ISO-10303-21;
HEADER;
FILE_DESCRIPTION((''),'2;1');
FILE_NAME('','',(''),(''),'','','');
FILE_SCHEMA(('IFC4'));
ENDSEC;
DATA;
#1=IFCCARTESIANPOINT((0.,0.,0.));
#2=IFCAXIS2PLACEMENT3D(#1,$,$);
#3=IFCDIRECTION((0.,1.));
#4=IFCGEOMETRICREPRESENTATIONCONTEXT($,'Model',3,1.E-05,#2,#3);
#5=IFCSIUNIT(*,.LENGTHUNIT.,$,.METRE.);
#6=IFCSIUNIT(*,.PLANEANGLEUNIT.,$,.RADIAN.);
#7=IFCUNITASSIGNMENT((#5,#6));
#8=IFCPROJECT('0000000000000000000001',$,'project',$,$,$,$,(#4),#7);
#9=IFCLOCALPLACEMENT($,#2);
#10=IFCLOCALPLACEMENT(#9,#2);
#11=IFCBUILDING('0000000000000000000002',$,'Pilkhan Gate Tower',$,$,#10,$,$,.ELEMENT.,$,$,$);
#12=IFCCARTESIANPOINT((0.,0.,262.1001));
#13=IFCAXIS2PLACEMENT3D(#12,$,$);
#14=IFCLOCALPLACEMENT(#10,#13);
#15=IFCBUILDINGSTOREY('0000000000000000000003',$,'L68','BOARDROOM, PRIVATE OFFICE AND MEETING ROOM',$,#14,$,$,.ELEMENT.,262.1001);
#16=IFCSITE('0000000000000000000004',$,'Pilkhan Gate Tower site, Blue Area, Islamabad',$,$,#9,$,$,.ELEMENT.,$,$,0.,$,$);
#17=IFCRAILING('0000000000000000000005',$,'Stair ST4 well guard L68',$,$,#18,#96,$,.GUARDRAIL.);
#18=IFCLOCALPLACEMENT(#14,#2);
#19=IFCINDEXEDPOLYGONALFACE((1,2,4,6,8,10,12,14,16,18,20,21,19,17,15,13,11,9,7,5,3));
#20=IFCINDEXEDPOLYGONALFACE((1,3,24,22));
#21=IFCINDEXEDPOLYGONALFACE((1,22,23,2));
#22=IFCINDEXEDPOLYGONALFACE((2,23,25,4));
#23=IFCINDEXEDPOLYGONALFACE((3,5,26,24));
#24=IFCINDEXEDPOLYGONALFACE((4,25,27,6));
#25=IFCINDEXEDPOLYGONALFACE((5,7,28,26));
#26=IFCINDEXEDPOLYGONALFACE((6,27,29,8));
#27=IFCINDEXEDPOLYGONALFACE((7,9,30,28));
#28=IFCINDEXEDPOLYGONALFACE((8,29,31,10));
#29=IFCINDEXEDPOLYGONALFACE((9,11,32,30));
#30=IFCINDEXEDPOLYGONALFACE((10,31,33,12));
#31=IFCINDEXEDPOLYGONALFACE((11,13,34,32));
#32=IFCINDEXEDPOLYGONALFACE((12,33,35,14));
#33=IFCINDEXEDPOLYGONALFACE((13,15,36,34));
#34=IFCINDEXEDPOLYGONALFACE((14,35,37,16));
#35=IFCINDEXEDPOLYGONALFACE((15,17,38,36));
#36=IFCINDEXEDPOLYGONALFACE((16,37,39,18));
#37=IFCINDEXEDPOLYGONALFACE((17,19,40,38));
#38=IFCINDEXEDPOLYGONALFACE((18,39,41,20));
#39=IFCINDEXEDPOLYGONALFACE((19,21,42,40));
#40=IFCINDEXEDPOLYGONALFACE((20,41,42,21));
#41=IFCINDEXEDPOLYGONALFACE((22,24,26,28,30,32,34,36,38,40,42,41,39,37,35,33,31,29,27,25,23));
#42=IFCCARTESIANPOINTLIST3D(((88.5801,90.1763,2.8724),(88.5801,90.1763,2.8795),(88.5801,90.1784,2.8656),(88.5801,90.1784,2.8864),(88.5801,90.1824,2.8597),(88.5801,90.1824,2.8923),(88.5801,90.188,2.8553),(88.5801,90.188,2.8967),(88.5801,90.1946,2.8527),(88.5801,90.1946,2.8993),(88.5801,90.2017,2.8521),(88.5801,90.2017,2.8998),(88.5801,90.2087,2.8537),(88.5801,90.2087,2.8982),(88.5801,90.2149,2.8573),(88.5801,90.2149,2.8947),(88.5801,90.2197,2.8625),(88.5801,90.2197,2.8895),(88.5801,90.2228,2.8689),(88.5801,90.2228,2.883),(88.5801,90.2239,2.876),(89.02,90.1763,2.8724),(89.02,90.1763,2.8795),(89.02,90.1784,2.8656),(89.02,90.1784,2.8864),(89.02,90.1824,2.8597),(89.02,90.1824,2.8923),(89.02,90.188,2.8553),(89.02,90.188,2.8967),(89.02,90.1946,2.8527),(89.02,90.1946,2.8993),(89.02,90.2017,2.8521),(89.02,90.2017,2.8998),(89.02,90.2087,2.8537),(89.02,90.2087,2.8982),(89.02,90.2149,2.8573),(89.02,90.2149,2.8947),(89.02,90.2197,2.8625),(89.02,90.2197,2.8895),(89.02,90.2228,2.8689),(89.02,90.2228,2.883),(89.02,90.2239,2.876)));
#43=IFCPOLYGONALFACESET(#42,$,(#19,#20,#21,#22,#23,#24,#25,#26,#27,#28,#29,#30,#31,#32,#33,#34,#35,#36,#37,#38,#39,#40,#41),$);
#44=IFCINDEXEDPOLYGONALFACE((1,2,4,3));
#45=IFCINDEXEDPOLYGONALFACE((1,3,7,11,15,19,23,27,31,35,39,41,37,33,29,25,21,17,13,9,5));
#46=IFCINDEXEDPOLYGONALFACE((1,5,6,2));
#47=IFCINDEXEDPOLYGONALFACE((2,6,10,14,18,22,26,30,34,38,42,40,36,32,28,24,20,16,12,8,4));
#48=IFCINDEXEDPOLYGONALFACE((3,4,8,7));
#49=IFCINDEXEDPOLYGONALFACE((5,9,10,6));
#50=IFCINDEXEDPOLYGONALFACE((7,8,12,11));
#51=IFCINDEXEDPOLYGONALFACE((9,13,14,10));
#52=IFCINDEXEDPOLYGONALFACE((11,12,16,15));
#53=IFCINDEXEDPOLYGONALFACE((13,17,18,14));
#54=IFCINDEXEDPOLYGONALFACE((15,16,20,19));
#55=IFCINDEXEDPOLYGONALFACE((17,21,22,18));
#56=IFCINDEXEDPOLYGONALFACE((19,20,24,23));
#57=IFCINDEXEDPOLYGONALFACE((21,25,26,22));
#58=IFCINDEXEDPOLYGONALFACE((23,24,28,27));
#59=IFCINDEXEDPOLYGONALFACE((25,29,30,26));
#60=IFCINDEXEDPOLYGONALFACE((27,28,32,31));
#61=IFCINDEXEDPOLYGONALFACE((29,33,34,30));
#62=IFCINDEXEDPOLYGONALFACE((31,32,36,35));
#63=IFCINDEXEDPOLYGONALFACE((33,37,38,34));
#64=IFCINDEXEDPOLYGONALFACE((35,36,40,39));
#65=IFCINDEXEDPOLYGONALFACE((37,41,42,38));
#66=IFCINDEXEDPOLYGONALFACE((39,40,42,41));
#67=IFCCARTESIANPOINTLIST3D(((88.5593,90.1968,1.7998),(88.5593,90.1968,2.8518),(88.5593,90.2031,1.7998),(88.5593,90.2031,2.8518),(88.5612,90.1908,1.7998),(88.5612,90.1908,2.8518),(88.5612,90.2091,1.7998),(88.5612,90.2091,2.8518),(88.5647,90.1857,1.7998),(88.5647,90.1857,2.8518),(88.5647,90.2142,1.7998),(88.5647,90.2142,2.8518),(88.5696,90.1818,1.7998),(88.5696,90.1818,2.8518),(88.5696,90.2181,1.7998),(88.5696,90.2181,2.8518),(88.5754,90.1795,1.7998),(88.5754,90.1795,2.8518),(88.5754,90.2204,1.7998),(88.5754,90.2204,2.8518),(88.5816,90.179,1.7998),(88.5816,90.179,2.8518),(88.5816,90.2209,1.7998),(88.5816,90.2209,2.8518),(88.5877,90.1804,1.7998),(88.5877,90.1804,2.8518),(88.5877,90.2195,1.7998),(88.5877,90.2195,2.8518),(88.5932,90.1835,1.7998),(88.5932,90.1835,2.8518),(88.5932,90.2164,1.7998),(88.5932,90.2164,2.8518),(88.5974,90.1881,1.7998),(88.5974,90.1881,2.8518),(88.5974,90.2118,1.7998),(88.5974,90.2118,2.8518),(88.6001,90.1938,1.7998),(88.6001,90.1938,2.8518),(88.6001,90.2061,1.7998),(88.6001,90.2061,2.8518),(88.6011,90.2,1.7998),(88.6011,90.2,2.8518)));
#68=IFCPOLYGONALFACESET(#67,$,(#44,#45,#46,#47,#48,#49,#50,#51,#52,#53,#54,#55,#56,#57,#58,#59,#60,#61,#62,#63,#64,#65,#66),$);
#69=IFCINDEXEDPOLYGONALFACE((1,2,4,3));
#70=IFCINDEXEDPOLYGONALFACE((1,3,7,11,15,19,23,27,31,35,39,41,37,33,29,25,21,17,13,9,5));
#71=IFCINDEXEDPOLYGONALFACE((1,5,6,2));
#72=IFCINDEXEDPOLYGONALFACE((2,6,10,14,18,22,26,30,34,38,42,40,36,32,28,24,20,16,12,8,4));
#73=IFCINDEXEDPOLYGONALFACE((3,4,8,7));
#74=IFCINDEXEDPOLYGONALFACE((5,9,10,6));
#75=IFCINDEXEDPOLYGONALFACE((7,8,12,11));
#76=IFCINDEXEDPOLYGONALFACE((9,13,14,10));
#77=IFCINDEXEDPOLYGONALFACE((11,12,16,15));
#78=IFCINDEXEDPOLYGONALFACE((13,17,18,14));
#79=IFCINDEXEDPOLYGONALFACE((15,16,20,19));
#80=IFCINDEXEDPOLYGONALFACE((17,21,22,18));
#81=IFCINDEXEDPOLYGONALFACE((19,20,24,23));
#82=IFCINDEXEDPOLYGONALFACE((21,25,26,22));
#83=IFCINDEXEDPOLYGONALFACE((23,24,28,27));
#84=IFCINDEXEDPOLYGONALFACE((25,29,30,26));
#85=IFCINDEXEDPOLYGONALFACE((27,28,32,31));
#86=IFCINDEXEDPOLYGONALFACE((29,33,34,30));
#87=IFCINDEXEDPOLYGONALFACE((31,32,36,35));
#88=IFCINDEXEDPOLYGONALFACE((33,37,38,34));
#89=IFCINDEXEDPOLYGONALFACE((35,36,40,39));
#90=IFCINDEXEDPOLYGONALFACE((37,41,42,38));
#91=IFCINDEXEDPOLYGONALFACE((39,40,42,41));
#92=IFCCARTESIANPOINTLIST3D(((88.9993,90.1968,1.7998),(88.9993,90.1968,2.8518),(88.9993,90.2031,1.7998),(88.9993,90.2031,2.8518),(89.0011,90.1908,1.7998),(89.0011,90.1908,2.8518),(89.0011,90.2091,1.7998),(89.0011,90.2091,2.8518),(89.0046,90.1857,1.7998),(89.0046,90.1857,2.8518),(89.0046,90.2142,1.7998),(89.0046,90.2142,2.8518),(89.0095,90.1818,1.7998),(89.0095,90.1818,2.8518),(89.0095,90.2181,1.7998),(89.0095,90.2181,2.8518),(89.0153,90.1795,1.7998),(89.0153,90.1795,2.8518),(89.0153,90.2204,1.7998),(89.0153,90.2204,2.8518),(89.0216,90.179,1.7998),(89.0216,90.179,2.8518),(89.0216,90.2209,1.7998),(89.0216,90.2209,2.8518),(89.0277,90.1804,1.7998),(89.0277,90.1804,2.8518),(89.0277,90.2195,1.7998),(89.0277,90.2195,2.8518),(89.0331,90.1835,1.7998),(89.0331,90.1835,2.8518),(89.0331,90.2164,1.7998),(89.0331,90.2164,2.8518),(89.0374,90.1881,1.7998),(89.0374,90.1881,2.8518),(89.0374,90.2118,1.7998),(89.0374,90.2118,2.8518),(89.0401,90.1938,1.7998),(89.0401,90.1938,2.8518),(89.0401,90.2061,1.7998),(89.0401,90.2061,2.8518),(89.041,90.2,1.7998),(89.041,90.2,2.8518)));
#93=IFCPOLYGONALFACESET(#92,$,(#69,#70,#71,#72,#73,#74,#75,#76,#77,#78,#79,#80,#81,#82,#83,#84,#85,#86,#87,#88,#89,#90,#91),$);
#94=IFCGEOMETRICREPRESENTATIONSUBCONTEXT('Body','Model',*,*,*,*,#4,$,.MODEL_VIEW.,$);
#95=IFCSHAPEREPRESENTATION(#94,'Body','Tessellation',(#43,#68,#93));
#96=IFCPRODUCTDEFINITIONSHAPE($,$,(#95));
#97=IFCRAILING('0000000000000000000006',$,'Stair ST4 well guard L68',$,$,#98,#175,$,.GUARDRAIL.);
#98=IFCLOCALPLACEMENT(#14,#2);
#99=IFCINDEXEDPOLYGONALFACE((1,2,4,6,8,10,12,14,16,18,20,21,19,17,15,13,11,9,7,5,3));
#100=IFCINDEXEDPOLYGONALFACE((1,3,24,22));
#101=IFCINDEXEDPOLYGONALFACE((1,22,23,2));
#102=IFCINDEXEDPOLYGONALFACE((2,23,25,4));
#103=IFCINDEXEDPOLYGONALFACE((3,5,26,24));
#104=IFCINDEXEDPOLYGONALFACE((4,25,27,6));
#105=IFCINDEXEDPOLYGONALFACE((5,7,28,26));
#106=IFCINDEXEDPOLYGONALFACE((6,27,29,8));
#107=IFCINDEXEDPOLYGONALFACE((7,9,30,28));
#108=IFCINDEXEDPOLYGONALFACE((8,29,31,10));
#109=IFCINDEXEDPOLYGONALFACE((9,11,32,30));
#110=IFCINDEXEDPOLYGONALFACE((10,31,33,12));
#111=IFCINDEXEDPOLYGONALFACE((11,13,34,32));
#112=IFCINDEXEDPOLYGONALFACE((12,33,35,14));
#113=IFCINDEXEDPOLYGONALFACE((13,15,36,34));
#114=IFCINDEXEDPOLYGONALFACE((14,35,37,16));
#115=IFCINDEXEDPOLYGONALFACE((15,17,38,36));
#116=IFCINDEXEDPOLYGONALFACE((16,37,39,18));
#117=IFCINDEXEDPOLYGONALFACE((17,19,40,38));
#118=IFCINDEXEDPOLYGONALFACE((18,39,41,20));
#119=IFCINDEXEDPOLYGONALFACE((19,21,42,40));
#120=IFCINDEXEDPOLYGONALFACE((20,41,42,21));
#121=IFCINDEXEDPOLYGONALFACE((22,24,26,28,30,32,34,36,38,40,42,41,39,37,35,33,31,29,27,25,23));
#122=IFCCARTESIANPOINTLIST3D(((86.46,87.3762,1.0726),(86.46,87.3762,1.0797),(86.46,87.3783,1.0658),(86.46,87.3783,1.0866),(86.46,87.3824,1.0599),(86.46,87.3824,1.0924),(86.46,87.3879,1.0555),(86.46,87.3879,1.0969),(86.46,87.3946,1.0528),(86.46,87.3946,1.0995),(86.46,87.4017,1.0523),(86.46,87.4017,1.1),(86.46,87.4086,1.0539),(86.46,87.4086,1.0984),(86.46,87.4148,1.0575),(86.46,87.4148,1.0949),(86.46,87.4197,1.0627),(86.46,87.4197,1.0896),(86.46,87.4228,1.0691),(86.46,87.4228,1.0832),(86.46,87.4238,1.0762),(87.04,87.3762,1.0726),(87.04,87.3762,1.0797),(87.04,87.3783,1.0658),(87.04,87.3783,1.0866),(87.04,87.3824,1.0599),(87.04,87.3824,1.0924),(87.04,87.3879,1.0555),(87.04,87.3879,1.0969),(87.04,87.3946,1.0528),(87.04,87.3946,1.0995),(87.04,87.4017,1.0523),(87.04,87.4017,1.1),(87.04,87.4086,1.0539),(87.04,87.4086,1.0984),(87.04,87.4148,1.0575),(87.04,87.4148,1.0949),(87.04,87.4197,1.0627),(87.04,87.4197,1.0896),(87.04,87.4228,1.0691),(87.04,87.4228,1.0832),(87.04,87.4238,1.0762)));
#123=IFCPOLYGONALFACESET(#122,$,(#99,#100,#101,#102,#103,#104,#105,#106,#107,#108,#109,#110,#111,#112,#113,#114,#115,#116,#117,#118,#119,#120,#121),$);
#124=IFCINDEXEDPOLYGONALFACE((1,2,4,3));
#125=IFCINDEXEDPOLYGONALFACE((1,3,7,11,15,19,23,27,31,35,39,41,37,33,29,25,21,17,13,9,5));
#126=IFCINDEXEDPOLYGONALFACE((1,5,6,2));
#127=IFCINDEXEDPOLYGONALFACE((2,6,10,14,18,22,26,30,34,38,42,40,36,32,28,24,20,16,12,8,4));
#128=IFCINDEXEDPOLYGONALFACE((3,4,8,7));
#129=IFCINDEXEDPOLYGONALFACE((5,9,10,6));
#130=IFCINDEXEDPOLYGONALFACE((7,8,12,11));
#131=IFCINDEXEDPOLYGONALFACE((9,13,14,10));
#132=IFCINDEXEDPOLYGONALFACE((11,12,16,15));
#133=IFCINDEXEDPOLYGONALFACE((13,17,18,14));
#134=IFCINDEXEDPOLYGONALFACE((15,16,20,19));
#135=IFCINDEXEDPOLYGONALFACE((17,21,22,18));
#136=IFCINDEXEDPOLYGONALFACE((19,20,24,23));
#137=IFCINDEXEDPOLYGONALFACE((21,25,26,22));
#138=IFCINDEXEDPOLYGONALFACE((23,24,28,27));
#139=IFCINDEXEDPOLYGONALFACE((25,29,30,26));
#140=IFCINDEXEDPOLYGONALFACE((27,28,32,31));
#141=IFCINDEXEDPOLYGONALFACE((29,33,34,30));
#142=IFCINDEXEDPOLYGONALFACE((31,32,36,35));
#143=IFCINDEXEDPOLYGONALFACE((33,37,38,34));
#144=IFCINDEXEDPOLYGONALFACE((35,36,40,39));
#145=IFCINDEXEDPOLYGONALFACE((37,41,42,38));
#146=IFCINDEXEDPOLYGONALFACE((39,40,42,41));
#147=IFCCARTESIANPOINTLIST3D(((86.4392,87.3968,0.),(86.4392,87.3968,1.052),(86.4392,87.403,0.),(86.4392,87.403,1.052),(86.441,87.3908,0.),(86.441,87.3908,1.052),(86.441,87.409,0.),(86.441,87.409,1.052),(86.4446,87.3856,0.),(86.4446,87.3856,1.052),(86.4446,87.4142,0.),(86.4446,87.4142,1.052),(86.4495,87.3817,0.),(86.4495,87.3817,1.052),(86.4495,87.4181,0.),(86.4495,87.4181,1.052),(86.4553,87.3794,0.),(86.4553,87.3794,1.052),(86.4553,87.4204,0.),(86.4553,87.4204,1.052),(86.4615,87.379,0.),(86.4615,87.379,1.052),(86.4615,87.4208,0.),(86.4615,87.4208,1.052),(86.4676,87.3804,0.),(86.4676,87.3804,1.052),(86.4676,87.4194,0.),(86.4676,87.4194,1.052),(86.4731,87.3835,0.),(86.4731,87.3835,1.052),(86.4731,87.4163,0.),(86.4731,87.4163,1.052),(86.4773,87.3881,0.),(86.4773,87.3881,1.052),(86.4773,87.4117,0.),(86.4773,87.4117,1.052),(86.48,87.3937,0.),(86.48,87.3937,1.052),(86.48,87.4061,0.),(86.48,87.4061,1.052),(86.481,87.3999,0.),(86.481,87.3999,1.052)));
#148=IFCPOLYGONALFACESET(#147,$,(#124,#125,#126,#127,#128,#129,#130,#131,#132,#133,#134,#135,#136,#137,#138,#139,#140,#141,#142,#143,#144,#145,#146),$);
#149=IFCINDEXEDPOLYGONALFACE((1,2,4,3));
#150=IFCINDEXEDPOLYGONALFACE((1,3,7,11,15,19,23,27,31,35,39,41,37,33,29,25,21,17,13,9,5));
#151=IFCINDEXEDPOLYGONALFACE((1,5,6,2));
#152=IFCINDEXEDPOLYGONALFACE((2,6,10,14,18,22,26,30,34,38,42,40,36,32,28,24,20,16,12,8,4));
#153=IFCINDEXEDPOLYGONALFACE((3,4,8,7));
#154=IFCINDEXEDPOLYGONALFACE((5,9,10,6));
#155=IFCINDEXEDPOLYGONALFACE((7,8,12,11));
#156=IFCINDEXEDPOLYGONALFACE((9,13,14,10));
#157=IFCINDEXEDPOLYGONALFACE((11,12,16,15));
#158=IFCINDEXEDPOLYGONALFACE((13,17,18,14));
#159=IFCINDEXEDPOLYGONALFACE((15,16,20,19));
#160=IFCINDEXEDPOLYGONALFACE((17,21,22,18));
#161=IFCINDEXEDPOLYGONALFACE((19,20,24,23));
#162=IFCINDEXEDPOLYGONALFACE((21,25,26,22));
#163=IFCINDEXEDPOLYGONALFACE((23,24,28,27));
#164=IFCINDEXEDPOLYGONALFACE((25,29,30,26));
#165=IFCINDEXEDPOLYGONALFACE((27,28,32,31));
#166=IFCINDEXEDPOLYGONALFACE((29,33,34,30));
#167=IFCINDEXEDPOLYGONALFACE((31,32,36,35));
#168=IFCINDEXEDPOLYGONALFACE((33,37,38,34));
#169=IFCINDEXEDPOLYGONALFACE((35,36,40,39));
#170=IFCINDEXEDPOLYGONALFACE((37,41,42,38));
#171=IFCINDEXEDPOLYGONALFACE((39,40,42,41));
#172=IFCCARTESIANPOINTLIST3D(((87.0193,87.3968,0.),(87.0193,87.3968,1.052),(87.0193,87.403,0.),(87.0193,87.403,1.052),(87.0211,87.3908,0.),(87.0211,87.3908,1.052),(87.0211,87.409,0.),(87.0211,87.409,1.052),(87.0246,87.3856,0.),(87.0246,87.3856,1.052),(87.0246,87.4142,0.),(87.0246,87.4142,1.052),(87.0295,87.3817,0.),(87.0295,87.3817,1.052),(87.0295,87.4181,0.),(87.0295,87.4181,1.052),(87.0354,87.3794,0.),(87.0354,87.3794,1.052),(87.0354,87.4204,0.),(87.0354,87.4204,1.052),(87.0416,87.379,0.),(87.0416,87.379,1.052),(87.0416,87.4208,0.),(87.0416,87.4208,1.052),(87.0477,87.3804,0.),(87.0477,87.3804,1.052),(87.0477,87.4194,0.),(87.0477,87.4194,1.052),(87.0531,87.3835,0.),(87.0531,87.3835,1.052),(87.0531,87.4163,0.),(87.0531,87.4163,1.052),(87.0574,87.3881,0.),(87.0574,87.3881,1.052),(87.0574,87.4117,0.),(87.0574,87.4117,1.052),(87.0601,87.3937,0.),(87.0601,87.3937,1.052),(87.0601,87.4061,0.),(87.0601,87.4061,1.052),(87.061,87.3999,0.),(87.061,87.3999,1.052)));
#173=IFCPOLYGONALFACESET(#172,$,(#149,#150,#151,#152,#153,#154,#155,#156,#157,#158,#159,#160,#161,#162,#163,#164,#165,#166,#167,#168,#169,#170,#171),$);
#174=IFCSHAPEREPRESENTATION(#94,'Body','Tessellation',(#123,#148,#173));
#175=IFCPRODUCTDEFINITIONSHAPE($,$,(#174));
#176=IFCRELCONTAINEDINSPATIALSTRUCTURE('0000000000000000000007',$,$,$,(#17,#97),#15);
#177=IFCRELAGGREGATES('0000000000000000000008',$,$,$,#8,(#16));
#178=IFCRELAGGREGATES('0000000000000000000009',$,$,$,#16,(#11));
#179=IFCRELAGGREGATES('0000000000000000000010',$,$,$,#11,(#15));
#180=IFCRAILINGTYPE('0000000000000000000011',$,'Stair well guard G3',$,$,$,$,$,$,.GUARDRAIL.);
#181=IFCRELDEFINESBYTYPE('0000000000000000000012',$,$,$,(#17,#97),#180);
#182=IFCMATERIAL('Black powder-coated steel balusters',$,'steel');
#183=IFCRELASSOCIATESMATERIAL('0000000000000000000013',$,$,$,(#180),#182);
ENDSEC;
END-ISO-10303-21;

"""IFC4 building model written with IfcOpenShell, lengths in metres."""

from ifc_helpers import new_model, si_unit, direction, frame, origin, origin_2d, place, context, subcontext, project, spatial, circle, extrude, material, type_object, element, save


model = new_model("IFC4")

# Units and contexts
model_context = context("Model", 3, precision=1e-05, world=origin(), true_north=direction((0.0, 1.0)))
body_context = subcontext(model_context, "Body", "Model", "MODEL_VIEW")
ifc_project = project(units=[si_unit("LENGTHUNIT", "METRE"), si_unit("PLANEANGLEUNIT", "RADIAN")], contexts=[model_context])

# Site, building, storey
site_placement = place(None, origin())
site = spatial("IfcSite", under=ifc_project, at=site_placement, Name="Pilkhan Gate Tower site, Blue Area, Islamabad", CompositionType="ELEMENT", RefElevation=0.0)
building_placement = place(site_placement, origin())
building = spatial("IfcBuilding", under=site, at=building_placement, Name="Pilkhan Gate Tower", CompositionType="ELEMENT")
storey_placement = place(building_placement, frame((0.0, 0.0, 262.1001)))
storey = spatial("IfcBuildingStorey", under=building, at=storey_placement, Name="L68", Description="BOARDROOM, PRIVATE OFFICE AND MEETING ROOM", CompositionType="ELEMENT", Elevation=262.1001)

# Railings
ifc_material_1 = material(Name="Black powder-coated steel balusters", Category="steel")
railing_type_1 = type_object("IfcRailingType", Name="Stair well guard G3", PredefinedType="GUARDRAIL", material=ifc_material_1)
railing_1_placement = place(storey_placement, frame((88.5801, 90.2, 1.7998)))
element("IfcRailing", 1, at=railing_1_placement, inside=storey, type_object=railing_type_1, Name="Stair ST4 well guard L68", PredefinedType="GUARDRAIL", context=body_context, shape_type="SweptSolid", body=[
    extrude(circle(Radius=0.0239, at=origin_2d()), frame((0.0, 0.0, 1.0762), z_axis=(1.0, 0.0, 0.0), x_axis=(0.0, 1.0, 0.0)), (0.0, 0.0, 1.0), 0.4399),
    extrude(circle(Radius=0.021, at=origin_2d()), origin(), (0.0, 0.0, 1.0), 1.052),
    extrude(circle(Radius=0.021, at=origin_2d()), frame((0.4399, 0.0, 0.0)), (0.0, 0.0, 1.0), 1.052),
])
for number, where, name in (
    (2, (86.46, 87.3999, 0.0), "Stair ST4 well guard L68"),
):
    element("IfcRailing", number, at=place(storey_placement, frame(where)), inside=storey, type_object=railing_type_1, Name=name, PredefinedType="GUARDRAIL", context=body_context, shape_type="SweptSolid", body=[
        extrude(circle(Radius=0.0239, at=origin_2d()), frame((0.0, 0.0, 1.0762), z_axis=(1.0, 0.0, 0.0), x_axis=(0.0, 1.0, 0.0)), (0.0, 0.0, 1.0), 0.5801),
        extrude(circle(Radius=0.021, at=origin_2d()), origin(), (0.0, 0.0, 1.0), 1.052),
        extrude(circle(Radius=0.021, at=origin_2d()), frame((0.5801, 0.0, 0.0)), (0.0, 0.0, 1.0), 1.052),
    ])

save(model, "model.ifc")
